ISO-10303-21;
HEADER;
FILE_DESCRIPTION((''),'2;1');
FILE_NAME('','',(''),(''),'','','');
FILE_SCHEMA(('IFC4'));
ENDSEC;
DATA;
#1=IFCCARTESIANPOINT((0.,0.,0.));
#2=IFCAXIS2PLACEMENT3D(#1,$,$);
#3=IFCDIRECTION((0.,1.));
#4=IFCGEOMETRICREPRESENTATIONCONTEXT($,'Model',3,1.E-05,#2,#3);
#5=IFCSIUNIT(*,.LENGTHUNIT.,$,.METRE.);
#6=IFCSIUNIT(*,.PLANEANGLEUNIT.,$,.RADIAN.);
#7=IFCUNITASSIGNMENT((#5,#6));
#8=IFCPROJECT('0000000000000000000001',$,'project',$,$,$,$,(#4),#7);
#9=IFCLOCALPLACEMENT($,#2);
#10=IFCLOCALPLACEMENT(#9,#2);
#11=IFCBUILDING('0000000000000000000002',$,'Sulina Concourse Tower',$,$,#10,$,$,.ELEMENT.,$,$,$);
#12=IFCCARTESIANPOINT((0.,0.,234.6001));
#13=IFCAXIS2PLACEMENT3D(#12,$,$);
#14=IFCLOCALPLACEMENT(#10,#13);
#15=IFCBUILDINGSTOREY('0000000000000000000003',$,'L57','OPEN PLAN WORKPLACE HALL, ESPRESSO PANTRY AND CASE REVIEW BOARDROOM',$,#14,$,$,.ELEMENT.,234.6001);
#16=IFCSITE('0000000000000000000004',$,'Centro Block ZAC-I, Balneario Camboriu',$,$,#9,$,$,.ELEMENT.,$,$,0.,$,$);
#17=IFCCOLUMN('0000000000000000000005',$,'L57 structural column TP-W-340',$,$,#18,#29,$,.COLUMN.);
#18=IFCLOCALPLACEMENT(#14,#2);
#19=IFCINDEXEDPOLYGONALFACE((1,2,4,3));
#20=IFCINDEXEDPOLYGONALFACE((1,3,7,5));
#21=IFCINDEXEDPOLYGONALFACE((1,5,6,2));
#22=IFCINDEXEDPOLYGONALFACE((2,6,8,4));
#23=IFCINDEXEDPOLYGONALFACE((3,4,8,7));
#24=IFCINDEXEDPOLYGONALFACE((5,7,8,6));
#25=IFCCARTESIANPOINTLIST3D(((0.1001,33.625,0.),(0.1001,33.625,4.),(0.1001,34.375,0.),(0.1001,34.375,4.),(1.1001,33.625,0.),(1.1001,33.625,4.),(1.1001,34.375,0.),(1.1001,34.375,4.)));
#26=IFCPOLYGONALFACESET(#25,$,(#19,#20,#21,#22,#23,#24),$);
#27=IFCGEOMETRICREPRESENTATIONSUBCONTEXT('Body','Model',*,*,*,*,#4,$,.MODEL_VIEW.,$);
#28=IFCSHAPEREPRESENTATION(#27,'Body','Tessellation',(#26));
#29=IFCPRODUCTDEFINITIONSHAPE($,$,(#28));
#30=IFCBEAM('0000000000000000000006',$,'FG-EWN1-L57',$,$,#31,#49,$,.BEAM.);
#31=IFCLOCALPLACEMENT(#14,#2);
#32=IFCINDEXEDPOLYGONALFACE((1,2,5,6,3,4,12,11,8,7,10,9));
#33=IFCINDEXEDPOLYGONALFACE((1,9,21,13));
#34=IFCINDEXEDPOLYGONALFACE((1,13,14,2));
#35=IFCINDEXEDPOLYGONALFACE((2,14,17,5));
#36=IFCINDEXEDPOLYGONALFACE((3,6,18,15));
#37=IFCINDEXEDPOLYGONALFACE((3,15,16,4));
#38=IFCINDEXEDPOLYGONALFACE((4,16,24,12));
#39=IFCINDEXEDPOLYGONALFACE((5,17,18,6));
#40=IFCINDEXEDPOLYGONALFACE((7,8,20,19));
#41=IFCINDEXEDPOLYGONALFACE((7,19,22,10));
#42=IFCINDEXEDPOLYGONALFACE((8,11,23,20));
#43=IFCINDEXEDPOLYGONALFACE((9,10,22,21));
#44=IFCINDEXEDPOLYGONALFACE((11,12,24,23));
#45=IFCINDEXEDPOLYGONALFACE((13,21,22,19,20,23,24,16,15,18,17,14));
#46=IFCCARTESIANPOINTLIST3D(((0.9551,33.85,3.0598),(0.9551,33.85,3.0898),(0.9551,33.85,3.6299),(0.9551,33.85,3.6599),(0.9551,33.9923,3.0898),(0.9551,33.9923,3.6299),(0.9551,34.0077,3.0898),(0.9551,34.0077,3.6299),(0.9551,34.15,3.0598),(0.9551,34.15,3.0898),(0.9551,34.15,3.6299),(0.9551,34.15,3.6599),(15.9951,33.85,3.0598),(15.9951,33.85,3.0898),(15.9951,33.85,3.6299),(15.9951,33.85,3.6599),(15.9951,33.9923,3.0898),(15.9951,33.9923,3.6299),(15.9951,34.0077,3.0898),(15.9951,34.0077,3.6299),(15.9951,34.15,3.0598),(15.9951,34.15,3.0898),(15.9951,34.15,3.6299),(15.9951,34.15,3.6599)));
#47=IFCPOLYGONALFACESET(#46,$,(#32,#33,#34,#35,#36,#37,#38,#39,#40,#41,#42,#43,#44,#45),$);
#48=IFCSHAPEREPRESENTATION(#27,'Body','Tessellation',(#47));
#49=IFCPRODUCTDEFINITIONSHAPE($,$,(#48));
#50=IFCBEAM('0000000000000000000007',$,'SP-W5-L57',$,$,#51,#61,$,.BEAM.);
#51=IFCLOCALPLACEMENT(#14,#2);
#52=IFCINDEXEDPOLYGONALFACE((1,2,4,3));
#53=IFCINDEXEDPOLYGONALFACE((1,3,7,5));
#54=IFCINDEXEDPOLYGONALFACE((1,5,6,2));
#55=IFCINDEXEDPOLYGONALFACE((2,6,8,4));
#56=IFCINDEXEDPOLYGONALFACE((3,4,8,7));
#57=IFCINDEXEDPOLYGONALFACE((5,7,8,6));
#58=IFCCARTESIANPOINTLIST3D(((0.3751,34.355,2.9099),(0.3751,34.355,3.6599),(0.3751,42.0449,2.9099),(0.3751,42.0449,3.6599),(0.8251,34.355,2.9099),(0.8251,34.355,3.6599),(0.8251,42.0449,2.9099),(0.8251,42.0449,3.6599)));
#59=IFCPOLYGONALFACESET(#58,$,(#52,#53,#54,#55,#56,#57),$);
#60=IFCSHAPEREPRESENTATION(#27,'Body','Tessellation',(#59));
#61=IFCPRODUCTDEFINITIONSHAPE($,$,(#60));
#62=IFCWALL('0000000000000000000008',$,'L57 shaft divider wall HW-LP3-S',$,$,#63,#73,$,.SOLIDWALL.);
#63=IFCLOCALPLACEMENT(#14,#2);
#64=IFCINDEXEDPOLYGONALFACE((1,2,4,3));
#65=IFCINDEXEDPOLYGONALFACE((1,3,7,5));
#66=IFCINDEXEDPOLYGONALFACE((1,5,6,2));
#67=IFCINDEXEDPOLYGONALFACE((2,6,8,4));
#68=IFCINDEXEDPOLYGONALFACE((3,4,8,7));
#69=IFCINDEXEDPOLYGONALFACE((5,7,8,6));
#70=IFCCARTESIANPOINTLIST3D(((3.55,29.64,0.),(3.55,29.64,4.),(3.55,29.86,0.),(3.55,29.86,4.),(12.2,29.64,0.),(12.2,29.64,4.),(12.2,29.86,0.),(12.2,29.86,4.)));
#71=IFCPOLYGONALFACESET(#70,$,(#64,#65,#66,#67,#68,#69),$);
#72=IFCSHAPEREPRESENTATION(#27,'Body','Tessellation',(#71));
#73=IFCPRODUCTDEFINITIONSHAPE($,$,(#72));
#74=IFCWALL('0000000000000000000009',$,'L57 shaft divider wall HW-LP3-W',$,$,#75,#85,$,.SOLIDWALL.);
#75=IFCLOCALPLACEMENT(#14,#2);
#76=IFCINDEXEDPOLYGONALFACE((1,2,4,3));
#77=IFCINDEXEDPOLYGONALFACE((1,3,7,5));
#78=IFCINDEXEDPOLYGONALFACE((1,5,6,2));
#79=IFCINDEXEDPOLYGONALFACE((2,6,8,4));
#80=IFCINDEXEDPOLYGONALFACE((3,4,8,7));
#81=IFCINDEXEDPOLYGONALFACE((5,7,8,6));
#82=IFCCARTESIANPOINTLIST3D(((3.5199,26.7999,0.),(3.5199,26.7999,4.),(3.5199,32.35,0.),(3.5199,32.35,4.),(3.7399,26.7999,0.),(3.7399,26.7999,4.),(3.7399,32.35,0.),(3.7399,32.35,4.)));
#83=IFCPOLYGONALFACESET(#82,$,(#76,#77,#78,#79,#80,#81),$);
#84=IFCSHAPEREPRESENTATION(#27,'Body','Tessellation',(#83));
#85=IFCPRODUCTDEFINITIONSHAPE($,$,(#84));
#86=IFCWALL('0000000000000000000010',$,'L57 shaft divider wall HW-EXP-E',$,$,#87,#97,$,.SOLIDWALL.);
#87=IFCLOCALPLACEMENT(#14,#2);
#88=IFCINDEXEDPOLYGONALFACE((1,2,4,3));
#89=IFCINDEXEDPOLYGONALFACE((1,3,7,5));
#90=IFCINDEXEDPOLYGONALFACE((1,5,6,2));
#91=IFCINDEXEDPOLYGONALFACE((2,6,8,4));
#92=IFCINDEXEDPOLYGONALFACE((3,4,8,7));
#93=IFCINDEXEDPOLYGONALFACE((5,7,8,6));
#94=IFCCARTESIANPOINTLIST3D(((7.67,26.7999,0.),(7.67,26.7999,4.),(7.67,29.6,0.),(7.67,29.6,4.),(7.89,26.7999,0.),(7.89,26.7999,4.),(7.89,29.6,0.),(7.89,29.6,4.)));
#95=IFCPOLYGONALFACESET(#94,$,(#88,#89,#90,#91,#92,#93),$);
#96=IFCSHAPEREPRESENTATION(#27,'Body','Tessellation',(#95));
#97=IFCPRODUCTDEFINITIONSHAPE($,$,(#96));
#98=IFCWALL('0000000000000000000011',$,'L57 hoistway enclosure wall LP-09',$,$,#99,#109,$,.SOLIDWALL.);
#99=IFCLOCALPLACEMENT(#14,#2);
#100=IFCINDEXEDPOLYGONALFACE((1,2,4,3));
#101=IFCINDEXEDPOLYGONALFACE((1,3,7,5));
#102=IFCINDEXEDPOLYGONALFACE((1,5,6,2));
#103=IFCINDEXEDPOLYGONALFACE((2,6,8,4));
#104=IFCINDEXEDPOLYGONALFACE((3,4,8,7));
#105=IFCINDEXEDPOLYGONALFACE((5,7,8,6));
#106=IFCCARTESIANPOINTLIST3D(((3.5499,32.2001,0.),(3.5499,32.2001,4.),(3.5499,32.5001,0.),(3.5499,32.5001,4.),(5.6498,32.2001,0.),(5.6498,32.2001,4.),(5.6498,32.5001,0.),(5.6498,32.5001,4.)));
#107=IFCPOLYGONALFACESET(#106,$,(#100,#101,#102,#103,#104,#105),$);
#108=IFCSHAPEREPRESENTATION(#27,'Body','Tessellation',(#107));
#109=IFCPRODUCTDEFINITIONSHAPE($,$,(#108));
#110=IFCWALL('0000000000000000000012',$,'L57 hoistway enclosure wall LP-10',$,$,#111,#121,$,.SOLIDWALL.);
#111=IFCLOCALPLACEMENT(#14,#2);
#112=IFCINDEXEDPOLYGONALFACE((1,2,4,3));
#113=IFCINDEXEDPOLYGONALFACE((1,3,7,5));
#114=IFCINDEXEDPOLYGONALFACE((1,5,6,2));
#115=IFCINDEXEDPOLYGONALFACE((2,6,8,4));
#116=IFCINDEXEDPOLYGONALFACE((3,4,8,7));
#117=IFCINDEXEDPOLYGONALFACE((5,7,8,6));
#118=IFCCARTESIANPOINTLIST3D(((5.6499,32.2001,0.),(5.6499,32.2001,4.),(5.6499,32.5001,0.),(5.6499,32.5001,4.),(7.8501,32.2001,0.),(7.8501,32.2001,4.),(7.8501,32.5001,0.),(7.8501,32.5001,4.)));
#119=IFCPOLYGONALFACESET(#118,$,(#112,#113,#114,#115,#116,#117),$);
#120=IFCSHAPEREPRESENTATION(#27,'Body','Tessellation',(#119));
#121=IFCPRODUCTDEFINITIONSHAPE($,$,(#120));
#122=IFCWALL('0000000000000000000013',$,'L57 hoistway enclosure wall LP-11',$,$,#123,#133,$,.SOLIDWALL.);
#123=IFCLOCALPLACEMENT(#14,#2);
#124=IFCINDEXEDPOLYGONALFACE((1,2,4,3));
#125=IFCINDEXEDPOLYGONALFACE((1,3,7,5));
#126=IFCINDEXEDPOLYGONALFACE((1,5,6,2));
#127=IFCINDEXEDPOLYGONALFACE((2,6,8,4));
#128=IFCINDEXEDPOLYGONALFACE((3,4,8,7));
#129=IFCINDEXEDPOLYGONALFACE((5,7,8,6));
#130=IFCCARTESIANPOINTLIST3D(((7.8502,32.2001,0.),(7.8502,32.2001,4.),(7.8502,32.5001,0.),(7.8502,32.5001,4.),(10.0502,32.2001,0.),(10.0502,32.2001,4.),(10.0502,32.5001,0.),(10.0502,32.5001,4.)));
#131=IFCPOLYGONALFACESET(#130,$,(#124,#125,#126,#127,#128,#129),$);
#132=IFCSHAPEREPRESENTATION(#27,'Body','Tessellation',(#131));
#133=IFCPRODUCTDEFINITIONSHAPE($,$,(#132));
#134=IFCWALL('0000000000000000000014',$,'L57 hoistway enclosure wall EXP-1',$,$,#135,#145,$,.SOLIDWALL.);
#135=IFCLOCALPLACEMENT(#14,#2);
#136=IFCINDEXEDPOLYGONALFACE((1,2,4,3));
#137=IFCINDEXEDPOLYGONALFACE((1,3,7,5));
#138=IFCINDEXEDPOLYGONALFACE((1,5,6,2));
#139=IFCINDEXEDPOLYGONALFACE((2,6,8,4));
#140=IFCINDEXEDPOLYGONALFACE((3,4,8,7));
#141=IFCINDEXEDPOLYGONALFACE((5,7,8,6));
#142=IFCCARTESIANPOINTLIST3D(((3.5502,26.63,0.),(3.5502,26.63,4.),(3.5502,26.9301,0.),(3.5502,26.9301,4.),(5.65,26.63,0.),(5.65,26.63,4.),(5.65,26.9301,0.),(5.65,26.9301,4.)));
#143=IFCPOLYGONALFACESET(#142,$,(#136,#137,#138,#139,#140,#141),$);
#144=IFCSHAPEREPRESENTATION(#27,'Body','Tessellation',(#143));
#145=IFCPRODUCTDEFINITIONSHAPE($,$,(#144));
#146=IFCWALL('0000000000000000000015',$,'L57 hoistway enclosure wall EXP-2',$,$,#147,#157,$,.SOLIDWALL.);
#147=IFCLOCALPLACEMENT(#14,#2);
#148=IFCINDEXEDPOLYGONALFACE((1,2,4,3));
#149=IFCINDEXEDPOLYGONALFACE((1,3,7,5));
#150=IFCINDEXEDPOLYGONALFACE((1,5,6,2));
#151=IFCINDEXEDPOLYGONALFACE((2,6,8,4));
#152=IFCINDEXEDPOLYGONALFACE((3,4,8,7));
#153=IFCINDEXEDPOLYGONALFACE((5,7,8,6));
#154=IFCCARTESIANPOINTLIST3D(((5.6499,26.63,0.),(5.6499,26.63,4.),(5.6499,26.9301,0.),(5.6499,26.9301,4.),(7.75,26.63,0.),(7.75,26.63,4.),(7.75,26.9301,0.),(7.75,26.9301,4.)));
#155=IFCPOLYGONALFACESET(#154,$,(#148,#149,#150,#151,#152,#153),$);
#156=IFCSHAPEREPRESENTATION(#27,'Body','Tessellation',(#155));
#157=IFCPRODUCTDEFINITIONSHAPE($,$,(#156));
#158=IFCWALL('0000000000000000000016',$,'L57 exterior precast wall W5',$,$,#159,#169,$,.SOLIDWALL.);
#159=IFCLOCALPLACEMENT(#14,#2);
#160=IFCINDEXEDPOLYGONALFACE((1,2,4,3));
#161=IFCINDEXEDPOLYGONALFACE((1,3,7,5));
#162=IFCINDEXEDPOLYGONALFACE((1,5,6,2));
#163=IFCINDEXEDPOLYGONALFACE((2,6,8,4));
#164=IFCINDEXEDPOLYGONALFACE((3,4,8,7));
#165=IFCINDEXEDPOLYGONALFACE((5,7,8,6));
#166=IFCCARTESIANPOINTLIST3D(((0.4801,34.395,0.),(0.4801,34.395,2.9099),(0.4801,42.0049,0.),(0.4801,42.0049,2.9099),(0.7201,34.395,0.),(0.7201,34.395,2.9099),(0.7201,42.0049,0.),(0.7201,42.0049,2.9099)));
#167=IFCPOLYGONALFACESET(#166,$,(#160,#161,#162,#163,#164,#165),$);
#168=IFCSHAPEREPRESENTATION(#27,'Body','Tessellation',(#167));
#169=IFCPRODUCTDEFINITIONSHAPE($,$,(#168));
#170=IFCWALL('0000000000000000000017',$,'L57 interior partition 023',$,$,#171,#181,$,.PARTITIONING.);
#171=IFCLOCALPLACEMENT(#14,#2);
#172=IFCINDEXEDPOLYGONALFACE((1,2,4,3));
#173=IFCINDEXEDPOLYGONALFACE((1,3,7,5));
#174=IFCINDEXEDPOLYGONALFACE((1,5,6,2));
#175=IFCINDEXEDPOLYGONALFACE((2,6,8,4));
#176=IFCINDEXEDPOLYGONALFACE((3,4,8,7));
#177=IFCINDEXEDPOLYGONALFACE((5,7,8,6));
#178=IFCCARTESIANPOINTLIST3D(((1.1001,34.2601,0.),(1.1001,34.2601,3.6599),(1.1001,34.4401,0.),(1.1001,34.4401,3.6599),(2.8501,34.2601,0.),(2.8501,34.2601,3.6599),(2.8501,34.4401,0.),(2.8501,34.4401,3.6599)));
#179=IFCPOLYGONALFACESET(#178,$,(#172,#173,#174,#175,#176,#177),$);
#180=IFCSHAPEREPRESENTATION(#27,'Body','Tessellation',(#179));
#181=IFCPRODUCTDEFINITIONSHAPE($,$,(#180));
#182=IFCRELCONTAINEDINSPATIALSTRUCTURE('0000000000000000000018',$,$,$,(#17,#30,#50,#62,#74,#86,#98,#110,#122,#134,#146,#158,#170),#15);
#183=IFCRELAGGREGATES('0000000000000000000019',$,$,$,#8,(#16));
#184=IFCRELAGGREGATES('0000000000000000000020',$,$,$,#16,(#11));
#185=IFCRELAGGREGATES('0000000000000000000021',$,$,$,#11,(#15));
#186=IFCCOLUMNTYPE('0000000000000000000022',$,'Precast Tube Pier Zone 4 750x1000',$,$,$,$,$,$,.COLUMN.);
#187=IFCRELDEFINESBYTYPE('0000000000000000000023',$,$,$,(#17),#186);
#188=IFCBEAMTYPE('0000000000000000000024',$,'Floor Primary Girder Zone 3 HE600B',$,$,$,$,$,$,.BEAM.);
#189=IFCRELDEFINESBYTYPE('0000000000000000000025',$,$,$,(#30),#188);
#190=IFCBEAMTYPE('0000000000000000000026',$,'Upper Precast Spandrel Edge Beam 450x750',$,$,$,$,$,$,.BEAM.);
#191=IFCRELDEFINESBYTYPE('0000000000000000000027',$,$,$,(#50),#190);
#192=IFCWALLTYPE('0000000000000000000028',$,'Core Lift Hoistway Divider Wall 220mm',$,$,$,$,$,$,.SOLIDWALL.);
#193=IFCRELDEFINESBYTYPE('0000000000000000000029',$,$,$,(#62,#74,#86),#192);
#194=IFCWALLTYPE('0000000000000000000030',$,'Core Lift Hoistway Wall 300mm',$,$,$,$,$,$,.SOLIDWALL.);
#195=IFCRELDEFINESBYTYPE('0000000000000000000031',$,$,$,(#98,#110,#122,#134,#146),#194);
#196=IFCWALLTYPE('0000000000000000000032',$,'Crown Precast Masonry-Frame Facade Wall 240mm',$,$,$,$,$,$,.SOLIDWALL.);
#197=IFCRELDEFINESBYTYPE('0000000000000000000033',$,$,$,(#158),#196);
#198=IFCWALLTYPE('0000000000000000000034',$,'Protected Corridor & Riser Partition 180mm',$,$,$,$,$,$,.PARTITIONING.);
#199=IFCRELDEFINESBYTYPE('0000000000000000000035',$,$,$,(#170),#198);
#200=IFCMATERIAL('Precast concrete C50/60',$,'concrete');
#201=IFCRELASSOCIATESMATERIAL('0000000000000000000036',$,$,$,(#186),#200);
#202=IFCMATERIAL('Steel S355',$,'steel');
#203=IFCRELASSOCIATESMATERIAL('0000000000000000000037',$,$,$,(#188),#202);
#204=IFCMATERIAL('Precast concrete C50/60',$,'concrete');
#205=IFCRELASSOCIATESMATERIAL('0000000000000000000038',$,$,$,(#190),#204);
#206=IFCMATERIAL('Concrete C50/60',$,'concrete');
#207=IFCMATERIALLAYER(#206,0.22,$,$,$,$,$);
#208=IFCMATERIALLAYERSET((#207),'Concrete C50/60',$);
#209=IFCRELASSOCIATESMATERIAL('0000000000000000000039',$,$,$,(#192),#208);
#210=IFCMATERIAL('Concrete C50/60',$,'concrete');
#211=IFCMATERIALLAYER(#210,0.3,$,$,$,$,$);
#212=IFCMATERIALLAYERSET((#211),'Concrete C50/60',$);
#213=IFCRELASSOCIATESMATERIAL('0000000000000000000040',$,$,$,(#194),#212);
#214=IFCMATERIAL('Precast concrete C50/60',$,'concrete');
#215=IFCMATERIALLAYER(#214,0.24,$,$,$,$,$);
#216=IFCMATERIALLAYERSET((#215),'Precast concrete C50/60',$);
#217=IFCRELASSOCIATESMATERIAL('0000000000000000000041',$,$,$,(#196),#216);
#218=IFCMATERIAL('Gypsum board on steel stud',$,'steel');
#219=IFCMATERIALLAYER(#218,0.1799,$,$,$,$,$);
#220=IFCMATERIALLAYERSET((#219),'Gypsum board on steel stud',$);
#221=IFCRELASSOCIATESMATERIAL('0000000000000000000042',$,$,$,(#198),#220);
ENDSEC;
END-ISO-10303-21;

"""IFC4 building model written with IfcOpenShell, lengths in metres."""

from ifc_helpers import new_model, si_unit, direction, frame, frame_2d, origin, origin_2d, place, context, subcontext, project, spatial, rectangle, i_section, extrude, material, layer, layer_set, material_profile, profile_set, type_object, element, save


model = new_model("IFC4")

# Units and contexts
model_context = context("Model", 3, precision=1e-05, world=origin(), true_north=direction((0.0, 1.0)))
body_context = subcontext(model_context, "Body", "Model", "MODEL_VIEW")
ifc_project = project(units=[si_unit("LENGTHUNIT", "METRE"), si_unit("PLANEANGLEUNIT", "RADIAN")], contexts=[model_context])

# Site, building, storey
site_placement = place(None, origin())
site = spatial("IfcSite", under=ifc_project, at=site_placement, Name="Centro Block ZAC-I, Balneario Camboriu", CompositionType="ELEMENT", RefElevation=0.0)
building_placement = place(site_placement, origin())
building = spatial("IfcBuilding", under=site, at=building_placement, Name="Sulina Concourse Tower", CompositionType="ELEMENT")
storey_placement = place(building_placement, frame((0.0, 0.0, 234.6001)))
storey = spatial("IfcBuildingStorey", under=building, at=storey_placement, Name="L57", Description="OPEN PLAN WORKPLACE HALL, ESPRESSO PANTRY AND CASE REVIEW BOARDROOM", CompositionType="ELEMENT", Elevation=234.6001)

# Column
ifc_material_1 = material(Name="Precast concrete C50/60", Category="concrete")
ifc_material_profile_1 = material_profile(ifc_material_1, rectangle(XDim=0.75, YDim=1.0, at=origin_2d()), Name="PC 750x1000")
ifc_profile_set_1 = profile_set([ifc_material_profile_1], Name="Precast concrete C50/60")
column_type = type_object("IfcColumnType", Name="Precast Tube Pier Zone 4 750x1000", PredefinedType="COLUMN", material=ifc_profile_set_1)
column_placement = place(storey_placement, frame((0.6001, 34.0, 0.0), z_axis=(0.0, 0.0, 1.0), x_axis=(0.0, 1.0, 0.0)))
element("IfcColumn", 1, at=column_placement, inside=storey, type_object=column_type, Name="L57 structural column TP-W-340", PredefinedType="COLUMN", context=body_context, shape_type="SweptSolid", body=[
    extrude(rectangle(XDim=0.75, YDim=1.0, at=origin_2d()), origin(), (0.0, 0.0, 1.0), 4.0),
])

# Beams
ifc_material_2 = material(Name="Steel S355", Category="steel")
ifc_material_profile_2 = material_profile(ifc_material_2, i_section(OverallWidth=0.3, OverallDepth=0.6001, WebThickness=0.0154, FlangeThickness=0.03, at=origin_2d()), Name="HE 600 B")
ifc_profile_set_2 = profile_set([ifc_material_profile_2], Name="Steel S355")
beam_type_1 = type_object("IfcBeamType", Name="Floor Primary Girder Zone 3 HE600B", PredefinedType="BEAM", material=ifc_profile_set_2)
beam_1_placement = place(storey_placement, frame((0.9551, 34.0, 3.3599), z_axis=(1.0, 0.0, 0.0), x_axis=(0.0, 1.0, 0.0)))
element("IfcBeam", 2, at=beam_1_placement, inside=storey, type_object=beam_type_1, Name="FG-EWN1-L57", PredefinedType="BEAM", context=body_context, shape_type="SweptSolid", body=[
    extrude(i_section(OverallWidth=0.3, OverallDepth=0.6001, WebThickness=0.0154, FlangeThickness=0.03, at=origin_2d()), origin(), (0.0, 0.0, 1.0), 15.04),
])
ifc_material_3 = material(Name="Precast concrete C50/60", Category="concrete")
ifc_material_profile_3 = material_profile(ifc_material_3, rectangle(XDim=0.45, YDim=0.75, at=origin_2d()), Name="RC 450x750")
ifc_profile_set_3 = profile_set([ifc_material_profile_3], Name="Precast concrete C50/60")
beam_type_2 = type_object("IfcBeamType", Name="Upper Precast Spandrel Edge Beam 450x750", PredefinedType="BEAM", material=ifc_profile_set_3)
beam_2_placement = place(storey_placement, frame((0.6001, 34.355, 3.2849), z_axis=(0.0, 1.0, 0.0), x_axis=(-1.0, 0.0, 0.0)))
element("IfcBeam", 3, at=beam_2_placement, inside=storey, type_object=beam_type_2, Name="SP-W5-L57", PredefinedType="BEAM", context=body_context, shape_type="SweptSolid", body=[
    extrude(rectangle(XDim=0.45, YDim=0.75, at=origin_2d()), origin(), (0.0, 0.0, 1.0), 7.6899),
])

# Walls
ifc_material_4 = material(Name="Concrete C50/60", Category="concrete")
ifc_layer_1 = layer(ifc_material_4, 0.22)
ifc_layer_set_1 = layer_set([ifc_layer_1], Name="Concrete C50/60")
wall_type_1 = type_object("IfcWallType", Name="Core Lift Hoistway Divider Wall 220mm", PredefinedType="SOLIDWALL", material=ifc_layer_set_1)
wall_1_placement = place(storey_placement, frame((3.55, 29.75, 0.0), z_axis=(0.0, 0.0, 1.0), x_axis=(1.0, 0.0, 0.0)))
element("IfcWall", 4, at=wall_1_placement, inside=storey, type_object=wall_type_1, Name="L57 shaft divider wall HW-LP3-S", PredefinedType="SOLIDWALL", context=body_context, shape_type="SweptSolid", body=[
    extrude(rectangle(XDim=8.6499, YDim=0.22, at=frame_2d((4.325, 0.0))), origin(), (0.0, 0.0, 1.0), 4.0),
])
wall_2_placement = place(storey_placement, frame((3.6299, 26.8, 0.0), z_axis=(0.0, 0.0, 1.0), x_axis=(0.0, 1.0, 0.0)))
element("IfcWall", 5, at=wall_2_placement, inside=storey, type_object=wall_type_1, Name="L57 shaft divider wall HW-LP3-W", PredefinedType="SOLIDWALL", context=body_context, shape_type="SweptSolid", body=[
    extrude(rectangle(XDim=5.55, YDim=0.22, at=frame_2d((2.7749, 0.0))), origin(), (0.0, 0.0, 1.0), 4.0),
])
wall_3_placement = place(storey_placement, frame((7.78, 26.8, 0.0), z_axis=(0.0, 0.0, 1.0), x_axis=(0.0, 1.0, 0.0)))
element("IfcWall", 6, at=wall_3_placement, inside=storey, type_object=wall_type_1, Name="L57 shaft divider wall HW-EXP-E", PredefinedType="SOLIDWALL", context=body_context, shape_type="SweptSolid", body=[
    extrude(rectangle(XDim=2.8, YDim=0.22, at=frame_2d((1.3999, 0.0))), origin(), (0.0, 0.0, 1.0), 4.0),
])
ifc_material_5 = material(Name="Concrete C50/60", Category="concrete")
ifc_layer_2 = layer(ifc_material_5, 0.3)
ifc_layer_set_2 = layer_set([ifc_layer_2], Name="Concrete C50/60")
wall_type_2 = type_object("IfcWallType", Name="Core Lift Hoistway Wall 300mm", PredefinedType="SOLIDWALL", material=ifc_layer_set_2)
wall_4_placement = place(storey_placement, frame((3.55, 32.3501, 0.0), z_axis=(0.0, 0.0, 1.0), x_axis=(1.0, 0.0, 0.0)))
element("IfcWall", 7, at=wall_4_placement, inside=storey, type_object=wall_type_2, Name="L57 hoistway enclosure wall LP-09", PredefinedType="SOLIDWALL", context=body_context, shape_type="SweptSolid", body=[
    extrude(rectangle(XDim=2.0999, YDim=0.3, at=frame_2d((1.0498, 0.0))), origin(), (0.0, 0.0, 1.0), 4.0),
])
wall_5_placement = place(storey_placement, frame((5.6499, 32.3501, 0.0), z_axis=(0.0, 0.0, 1.0), x_axis=(1.0, 0.0, 0.0)))
element("IfcWall", 8, at=wall_5_placement, inside=storey, type_object=wall_type_2, Name="L57 hoistway enclosure wall LP-10", PredefinedType="SOLIDWALL", context=body_context, shape_type="SweptSolid", body=[
    extrude(rectangle(XDim=2.2002, YDim=0.3, at=frame_2d((1.1001, 0.0))), origin(), (0.0, 0.0, 1.0), 4.0),
])
wall_6_placement = place(storey_placement, frame((7.8501, 32.3501, 0.0), z_axis=(0.0, 0.0, 1.0), x_axis=(1.0, 0.0, 0.0)))
element("IfcWall", 9, at=wall_6_placement, inside=storey, type_object=wall_type_2, Name="L57 hoistway enclosure wall LP-11", PredefinedType="SOLIDWALL", context=body_context, shape_type="SweptSolid", body=[
    extrude(rectangle(XDim=2.2, YDim=0.3, at=frame_2d((1.1001, 0.0))), origin(), (0.0, 0.0, 1.0), 4.0),
])
wall_7_placement = place(storey_placement, frame((5.6499, 26.78, 0.0), z_axis=(0.0, 0.0, 1.0), x_axis=(-1.0, 0.0, 0.0)))
element("IfcWall", 10, at=wall_7_placement, inside=storey, type_object=wall_type_2, Name="L57 hoistway enclosure wall EXP-1", PredefinedType="SOLIDWALL", context=body_context, shape_type="SweptSolid", body=[
    extrude(rectangle(XDim=2.0999, YDim=0.3, at=frame_2d((1.0498, 0.0))), origin(), (0.0, 0.0, 1.0), 4.0),
])
wall_8_placement = place(storey_placement, frame((7.75, 26.78, 0.0), z_axis=(0.0, 0.0, 1.0), x_axis=(-1.0, 0.0, 0.0)))
element("IfcWall", 11, at=wall_8_placement, inside=storey, type_object=wall_type_2, Name="L57 hoistway enclosure wall EXP-2", PredefinedType="SOLIDWALL", context=body_context, shape_type="SweptSolid", body=[
    extrude(rectangle(XDim=2.1001, YDim=0.3, at=frame_2d((1.05, 0.0))), origin(), (0.0, 0.0, 1.0), 4.0),
])
ifc_material_6 = material(Name="Precast concrete C50/60", Category="concrete")
ifc_layer_3 = layer(ifc_material_6, 0.24)
ifc_layer_set_3 = layer_set([ifc_layer_3], Name="Precast concrete C50/60")
wall_type_3 = type_object("IfcWallType", Name="Crown Precast Masonry-Frame Facade Wall 240mm", PredefinedType="SOLIDWALL", material=ifc_layer_set_3)
wall_9_placement = place(storey_placement, frame((0.6001, 34.395, 0.0), z_axis=(0.0, 0.0, 1.0), x_axis=(0.0, 1.0, 0.0)))
element("IfcWall", 12, at=wall_9_placement, inside=storey, type_object=wall_type_3, Name="L57 exterior precast wall W5", PredefinedType="SOLIDWALL", context=body_context, shape_type="SweptSolid", body=[
    extrude(rectangle(XDim=7.6099, YDim=0.24, at=frame_2d((3.8049, 0.0))), origin(), (0.0, 0.0, 1.0), 2.9099),
])
ifc_material_7 = material(Name="Gypsum board on steel stud", Category="steel")
ifc_layer_4 = layer(ifc_material_7, 0.1799)
ifc_layer_set_4 = layer_set([ifc_layer_4], Name="Gypsum board on steel stud")
wall_type_4 = type_object("IfcWallType", Name="Protected Corridor & Riser Partition 180mm", PredefinedType="PARTITIONING", material=ifc_layer_set_4)
wall_10_placement = place(storey_placement, frame((1.1001, 34.3501, 0.0), z_axis=(0.0, 0.0, 1.0), x_axis=(1.0, 0.0, 0.0)))
element("IfcWall", 13, at=wall_10_placement, inside=storey, type_object=wall_type_4, Name="L57 interior partition 023", PredefinedType="PARTITIONING", context=body_context, shape_type="SweptSolid", body=[
    extrude(rectangle(XDim=1.75, YDim=0.1799, at=frame_2d((0.875, 0.0))), origin(), (0.0, 0.0, 1.0), 3.6599),
])

save(model, "model.ifc")
